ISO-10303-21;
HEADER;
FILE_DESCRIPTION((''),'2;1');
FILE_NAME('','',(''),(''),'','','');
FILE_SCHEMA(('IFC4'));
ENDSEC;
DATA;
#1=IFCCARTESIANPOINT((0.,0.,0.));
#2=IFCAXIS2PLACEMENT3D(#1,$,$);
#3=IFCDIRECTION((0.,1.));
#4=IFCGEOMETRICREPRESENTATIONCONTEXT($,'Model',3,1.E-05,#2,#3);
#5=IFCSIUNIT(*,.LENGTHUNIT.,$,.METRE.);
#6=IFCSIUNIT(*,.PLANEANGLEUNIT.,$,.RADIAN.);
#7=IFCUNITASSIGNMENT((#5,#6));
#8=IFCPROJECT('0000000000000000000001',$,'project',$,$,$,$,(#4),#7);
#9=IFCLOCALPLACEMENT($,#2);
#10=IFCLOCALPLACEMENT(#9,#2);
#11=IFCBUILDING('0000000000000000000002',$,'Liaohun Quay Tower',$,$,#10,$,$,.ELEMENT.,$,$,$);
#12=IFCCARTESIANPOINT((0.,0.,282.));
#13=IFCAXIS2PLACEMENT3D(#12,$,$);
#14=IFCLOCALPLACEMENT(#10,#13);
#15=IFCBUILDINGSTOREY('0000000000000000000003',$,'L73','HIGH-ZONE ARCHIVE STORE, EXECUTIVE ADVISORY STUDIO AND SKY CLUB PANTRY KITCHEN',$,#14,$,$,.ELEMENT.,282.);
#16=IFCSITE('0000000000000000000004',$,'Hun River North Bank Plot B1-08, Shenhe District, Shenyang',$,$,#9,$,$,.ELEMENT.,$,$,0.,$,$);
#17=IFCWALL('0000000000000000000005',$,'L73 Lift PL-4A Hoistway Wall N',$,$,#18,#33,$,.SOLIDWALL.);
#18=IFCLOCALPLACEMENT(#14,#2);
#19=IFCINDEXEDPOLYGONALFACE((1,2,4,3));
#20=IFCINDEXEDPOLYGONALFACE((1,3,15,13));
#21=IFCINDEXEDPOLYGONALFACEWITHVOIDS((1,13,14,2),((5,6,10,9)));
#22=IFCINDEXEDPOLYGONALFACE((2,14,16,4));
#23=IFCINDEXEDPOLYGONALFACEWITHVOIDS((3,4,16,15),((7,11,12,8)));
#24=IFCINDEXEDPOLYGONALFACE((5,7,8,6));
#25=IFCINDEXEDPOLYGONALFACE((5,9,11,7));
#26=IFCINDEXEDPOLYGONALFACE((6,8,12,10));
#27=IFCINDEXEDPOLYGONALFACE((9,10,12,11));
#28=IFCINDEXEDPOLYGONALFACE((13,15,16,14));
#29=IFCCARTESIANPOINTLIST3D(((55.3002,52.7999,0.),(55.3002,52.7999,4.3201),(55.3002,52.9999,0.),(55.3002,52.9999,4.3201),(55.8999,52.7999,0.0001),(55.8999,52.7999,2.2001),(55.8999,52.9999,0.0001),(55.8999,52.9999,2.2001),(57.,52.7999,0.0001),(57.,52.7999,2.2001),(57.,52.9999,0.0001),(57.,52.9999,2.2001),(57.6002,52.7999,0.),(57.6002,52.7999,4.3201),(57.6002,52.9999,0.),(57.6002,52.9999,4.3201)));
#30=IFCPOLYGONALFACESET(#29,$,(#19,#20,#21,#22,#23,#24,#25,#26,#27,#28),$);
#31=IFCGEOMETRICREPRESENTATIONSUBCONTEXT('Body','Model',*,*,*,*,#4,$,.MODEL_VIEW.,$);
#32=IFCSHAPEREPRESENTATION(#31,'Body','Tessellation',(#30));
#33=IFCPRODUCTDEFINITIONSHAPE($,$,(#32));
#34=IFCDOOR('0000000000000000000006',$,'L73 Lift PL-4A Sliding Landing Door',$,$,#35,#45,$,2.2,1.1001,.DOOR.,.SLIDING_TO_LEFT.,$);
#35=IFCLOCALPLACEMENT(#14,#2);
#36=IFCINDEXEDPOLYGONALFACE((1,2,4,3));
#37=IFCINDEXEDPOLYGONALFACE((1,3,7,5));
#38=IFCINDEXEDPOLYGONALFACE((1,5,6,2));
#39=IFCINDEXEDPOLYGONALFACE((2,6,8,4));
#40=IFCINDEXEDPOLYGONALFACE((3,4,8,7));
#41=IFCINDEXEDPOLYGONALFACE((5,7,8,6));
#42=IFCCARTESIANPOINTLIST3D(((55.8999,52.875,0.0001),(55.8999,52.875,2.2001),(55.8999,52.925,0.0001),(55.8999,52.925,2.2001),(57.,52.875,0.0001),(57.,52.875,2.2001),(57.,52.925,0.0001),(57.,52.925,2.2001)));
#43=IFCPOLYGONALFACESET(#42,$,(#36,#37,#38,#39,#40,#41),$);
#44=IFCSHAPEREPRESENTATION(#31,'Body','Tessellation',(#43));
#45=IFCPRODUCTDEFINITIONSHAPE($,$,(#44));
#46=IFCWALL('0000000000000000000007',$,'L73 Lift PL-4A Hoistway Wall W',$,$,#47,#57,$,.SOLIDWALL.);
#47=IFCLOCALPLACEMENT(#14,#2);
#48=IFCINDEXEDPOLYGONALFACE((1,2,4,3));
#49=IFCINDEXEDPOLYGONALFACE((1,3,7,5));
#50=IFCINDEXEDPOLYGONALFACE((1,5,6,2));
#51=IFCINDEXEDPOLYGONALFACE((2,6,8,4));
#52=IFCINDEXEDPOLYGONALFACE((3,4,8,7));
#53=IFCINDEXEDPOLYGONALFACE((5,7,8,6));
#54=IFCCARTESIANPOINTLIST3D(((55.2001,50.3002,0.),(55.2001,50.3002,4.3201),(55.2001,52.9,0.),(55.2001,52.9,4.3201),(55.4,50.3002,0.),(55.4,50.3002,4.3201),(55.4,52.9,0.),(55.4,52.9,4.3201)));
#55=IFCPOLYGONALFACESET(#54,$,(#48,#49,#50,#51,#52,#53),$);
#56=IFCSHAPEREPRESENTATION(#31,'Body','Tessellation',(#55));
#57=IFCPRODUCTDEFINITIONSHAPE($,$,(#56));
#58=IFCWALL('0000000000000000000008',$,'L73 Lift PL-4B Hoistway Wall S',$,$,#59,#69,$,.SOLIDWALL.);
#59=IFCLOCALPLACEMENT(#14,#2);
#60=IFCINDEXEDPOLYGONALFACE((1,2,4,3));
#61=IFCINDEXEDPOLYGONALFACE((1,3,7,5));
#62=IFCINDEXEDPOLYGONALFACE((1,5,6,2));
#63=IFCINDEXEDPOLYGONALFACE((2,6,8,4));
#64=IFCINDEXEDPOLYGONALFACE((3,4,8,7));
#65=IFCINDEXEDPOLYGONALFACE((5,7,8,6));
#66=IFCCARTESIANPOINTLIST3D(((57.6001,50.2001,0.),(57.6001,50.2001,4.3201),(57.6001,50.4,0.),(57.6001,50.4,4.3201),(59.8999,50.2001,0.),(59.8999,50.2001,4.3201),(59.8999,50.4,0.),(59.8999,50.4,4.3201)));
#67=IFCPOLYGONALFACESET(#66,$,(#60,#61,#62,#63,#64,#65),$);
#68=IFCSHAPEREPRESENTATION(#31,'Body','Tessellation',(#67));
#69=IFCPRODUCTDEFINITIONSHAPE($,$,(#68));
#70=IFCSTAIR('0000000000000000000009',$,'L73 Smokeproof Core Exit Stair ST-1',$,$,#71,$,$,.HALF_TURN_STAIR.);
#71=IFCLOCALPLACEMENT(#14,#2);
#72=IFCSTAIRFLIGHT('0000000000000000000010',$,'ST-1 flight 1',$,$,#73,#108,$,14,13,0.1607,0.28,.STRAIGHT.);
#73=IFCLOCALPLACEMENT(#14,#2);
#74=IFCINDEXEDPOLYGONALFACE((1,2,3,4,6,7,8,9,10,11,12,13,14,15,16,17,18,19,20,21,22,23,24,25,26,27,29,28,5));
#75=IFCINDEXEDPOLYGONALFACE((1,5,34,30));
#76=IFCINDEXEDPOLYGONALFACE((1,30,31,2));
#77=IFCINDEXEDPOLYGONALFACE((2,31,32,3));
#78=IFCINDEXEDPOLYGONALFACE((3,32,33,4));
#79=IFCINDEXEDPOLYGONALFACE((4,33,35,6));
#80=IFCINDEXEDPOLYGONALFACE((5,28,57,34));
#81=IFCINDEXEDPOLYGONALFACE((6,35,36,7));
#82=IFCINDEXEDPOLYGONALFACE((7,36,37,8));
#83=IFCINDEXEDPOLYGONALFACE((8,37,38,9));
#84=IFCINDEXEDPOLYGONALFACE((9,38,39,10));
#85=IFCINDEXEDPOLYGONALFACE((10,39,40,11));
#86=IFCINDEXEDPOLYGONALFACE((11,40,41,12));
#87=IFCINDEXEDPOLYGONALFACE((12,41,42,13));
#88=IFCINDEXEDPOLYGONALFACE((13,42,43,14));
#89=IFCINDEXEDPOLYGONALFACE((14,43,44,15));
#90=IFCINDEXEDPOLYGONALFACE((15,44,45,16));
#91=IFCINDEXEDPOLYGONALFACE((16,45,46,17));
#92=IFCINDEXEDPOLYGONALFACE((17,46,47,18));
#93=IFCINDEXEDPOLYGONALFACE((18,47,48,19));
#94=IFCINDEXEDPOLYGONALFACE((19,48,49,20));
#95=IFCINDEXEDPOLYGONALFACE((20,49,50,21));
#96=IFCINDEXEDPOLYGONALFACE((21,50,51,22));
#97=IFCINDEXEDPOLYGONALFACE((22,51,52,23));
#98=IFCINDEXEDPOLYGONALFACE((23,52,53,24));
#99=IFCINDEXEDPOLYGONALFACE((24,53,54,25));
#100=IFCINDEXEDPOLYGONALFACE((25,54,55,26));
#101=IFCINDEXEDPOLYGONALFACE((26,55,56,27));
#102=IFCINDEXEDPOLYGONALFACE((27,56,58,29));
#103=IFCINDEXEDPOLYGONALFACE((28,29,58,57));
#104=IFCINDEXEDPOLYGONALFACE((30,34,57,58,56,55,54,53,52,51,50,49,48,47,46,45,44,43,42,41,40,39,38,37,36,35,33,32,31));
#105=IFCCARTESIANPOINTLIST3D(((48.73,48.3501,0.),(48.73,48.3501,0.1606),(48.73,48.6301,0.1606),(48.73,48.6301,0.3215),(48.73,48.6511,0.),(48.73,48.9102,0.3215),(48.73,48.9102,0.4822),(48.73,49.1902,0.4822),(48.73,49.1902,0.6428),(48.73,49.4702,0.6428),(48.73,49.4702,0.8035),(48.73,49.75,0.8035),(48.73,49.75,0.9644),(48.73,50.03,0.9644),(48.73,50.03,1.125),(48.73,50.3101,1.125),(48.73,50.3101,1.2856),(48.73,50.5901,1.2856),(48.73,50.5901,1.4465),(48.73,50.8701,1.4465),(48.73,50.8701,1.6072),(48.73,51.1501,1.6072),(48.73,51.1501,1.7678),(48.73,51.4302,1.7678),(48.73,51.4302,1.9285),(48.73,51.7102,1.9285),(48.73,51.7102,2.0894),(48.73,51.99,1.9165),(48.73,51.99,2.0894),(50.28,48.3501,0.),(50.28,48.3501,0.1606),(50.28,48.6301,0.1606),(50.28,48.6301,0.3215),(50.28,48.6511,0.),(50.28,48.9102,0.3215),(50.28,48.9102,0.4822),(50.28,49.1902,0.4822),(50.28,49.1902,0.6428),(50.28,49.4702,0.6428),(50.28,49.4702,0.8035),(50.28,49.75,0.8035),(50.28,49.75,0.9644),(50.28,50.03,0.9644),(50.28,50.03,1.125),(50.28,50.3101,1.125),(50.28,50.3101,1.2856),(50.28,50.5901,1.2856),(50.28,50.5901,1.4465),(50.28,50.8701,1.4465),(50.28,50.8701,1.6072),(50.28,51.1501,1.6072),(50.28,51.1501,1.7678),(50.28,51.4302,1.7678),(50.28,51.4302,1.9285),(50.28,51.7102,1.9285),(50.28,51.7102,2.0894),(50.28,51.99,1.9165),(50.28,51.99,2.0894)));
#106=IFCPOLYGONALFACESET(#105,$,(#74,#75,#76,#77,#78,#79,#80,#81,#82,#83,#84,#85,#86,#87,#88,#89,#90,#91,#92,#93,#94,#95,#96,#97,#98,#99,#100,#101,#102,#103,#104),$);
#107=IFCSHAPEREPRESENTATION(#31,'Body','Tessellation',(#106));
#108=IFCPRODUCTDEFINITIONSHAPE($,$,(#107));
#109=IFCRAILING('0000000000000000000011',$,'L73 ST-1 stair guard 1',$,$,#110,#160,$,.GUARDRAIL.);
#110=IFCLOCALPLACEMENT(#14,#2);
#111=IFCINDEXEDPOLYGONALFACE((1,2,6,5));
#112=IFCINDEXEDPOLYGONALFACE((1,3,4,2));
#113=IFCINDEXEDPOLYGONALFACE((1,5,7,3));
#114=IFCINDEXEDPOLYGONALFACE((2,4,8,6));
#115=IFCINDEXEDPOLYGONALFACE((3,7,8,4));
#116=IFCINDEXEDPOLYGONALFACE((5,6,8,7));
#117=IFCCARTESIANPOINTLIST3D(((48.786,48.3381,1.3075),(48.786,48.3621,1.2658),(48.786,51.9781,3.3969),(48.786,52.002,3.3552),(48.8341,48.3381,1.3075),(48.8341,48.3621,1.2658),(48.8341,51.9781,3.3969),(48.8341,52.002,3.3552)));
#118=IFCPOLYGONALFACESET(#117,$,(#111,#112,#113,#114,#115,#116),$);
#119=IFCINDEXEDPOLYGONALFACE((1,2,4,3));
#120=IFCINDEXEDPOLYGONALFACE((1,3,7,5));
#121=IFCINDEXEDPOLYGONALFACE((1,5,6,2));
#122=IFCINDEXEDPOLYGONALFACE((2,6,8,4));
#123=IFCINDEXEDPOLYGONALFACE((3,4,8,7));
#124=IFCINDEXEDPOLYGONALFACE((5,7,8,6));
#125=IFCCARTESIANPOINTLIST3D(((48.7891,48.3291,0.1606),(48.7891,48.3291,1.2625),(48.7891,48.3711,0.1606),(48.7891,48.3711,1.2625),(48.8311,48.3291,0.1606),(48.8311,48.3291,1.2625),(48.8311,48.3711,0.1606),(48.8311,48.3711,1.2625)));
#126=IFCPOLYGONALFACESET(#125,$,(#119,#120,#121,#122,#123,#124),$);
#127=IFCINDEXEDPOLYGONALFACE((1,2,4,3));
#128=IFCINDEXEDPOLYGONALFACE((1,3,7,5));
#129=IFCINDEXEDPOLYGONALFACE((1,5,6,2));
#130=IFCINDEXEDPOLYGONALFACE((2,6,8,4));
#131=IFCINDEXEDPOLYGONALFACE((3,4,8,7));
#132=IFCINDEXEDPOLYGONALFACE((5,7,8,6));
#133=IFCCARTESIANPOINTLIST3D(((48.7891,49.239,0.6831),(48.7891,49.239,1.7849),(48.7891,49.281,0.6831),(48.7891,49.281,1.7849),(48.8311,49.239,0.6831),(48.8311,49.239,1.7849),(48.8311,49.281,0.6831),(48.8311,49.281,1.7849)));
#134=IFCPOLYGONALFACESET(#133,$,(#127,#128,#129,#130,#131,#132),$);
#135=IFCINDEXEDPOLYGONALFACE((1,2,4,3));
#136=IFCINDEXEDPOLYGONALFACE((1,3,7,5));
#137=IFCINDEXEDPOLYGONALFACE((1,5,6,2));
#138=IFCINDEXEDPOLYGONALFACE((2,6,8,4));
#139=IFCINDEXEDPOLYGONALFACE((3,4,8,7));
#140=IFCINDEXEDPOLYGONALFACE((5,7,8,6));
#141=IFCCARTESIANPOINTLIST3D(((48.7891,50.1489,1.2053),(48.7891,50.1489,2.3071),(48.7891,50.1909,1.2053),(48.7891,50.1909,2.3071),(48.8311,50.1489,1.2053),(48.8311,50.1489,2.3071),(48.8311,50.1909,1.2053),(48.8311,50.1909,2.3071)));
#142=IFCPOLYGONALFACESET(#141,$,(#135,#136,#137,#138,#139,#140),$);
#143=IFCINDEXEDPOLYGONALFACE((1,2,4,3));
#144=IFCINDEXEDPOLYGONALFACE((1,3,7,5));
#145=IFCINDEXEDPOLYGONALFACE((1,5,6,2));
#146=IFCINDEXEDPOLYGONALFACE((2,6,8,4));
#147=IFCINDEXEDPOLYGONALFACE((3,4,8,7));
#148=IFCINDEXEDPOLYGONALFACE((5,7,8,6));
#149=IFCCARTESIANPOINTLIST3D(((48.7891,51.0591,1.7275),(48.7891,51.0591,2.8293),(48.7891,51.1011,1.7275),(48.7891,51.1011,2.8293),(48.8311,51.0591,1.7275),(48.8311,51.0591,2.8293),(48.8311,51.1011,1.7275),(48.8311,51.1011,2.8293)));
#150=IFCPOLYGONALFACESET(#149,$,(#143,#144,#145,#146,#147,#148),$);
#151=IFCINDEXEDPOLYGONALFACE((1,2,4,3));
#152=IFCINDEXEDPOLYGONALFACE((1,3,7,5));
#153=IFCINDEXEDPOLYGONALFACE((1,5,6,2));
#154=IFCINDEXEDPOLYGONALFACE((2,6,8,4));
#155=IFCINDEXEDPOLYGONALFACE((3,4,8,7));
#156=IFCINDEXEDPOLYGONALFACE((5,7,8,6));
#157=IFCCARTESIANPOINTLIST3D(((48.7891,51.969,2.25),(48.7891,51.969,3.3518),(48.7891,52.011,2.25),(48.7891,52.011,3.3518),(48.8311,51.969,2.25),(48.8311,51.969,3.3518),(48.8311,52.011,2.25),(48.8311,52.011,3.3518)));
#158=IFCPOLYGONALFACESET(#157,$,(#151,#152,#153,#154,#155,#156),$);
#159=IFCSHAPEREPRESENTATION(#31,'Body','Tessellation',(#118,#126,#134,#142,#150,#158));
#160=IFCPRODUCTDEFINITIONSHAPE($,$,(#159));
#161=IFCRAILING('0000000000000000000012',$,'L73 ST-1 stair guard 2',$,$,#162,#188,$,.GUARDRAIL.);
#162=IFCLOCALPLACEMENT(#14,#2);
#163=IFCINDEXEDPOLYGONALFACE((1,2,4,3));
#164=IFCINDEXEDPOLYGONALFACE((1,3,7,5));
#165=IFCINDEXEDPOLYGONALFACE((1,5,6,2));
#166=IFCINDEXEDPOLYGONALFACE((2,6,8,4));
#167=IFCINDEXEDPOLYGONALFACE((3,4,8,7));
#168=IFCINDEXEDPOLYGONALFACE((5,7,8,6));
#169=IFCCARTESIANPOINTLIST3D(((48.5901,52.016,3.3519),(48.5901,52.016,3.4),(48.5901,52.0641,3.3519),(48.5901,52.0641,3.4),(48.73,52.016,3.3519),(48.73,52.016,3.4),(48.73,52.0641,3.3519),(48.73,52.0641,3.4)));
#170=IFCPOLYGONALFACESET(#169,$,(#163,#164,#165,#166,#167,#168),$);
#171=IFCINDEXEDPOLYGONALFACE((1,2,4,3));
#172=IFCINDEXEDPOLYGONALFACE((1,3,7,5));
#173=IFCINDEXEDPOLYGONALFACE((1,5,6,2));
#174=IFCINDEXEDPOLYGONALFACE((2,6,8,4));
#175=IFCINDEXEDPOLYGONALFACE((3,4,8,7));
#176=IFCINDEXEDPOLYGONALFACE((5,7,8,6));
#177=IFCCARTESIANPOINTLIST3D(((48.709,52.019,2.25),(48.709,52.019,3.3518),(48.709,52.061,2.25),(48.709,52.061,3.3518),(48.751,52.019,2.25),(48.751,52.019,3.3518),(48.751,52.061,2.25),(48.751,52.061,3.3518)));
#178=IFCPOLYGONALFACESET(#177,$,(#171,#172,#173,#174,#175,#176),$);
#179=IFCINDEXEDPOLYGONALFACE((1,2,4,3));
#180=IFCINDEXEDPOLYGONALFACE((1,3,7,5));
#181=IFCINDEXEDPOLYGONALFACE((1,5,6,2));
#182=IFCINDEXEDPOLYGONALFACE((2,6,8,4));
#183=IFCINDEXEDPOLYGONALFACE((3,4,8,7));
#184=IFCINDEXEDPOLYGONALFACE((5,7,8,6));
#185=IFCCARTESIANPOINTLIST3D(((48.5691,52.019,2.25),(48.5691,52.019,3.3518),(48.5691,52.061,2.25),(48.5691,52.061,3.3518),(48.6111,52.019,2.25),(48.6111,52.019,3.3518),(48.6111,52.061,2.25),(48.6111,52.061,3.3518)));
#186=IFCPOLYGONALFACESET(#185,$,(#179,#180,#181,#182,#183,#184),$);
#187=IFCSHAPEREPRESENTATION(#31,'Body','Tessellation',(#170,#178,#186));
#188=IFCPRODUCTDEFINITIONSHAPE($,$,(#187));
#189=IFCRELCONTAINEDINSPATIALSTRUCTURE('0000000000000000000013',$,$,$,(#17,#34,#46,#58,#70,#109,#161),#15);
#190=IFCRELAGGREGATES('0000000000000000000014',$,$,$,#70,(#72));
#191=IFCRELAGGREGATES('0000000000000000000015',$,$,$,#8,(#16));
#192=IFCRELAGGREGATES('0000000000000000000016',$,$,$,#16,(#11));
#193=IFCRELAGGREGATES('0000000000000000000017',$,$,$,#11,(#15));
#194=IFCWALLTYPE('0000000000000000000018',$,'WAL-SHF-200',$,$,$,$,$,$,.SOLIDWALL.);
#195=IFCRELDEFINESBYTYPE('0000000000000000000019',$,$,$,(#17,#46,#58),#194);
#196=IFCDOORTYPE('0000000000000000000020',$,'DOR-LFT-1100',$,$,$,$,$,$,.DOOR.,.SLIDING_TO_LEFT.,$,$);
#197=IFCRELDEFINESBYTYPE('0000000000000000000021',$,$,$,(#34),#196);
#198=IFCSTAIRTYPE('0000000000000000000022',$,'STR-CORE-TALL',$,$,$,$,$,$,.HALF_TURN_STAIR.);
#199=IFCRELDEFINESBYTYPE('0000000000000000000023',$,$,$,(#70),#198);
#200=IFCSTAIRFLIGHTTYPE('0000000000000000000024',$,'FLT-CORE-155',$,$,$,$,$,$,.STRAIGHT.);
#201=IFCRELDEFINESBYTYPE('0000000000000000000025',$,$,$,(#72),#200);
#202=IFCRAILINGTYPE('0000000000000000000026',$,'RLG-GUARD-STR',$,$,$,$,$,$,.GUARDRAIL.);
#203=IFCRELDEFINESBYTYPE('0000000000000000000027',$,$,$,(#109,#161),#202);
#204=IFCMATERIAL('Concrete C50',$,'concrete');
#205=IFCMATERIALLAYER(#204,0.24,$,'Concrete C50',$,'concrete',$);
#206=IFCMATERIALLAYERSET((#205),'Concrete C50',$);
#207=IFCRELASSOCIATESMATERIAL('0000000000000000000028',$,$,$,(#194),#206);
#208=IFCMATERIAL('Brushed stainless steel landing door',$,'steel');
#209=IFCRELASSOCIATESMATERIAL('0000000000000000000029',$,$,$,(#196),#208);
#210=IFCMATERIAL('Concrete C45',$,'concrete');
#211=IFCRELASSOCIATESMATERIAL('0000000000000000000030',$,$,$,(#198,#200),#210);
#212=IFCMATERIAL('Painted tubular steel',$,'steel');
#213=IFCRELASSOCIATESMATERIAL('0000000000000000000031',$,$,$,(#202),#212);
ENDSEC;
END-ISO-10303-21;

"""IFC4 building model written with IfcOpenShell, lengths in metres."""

from ifc_helpers import new_model, si_unit, direction, frame, frame_2d, origin, origin_2d, place, context, subcontext, project, spatial, polyline, rectangle, outline, extrude, source, transform, mapped, material, layer, layer_set, type_object, element, fill, aggregate, save


model = new_model("IFC4")

# Units and contexts
model_context = context("Model", 3, precision=1e-05, world=origin(), true_north=direction((0.0, 1.0)))
body_context = subcontext(model_context, "Body", "Model", "MODEL_VIEW")
ifc_project = project(units=[si_unit("LENGTHUNIT", "METRE"), si_unit("PLANEANGLEUNIT", "RADIAN")], contexts=[model_context])

# Site, building, storey
site_placement = place(None, origin())
site = spatial("IfcSite", under=ifc_project, at=site_placement, Name="Hun River North Bank Plot B1-08, Shenhe District, Shenyang", CompositionType="ELEMENT", RefElevation=0.0)
building_placement = place(site_placement, origin())
building = spatial("IfcBuilding", under=site, at=building_placement, Name="Liaohun Quay Tower", CompositionType="ELEMENT")
storey_placement = place(building_placement, frame((0.0, 0.0, 282.0)))
storey = spatial("IfcBuildingStorey", under=building, at=storey_placement, Name="L73", Description="HIGH-ZONE ARCHIVE STORE, EXECUTIVE ADVISORY STUDIO AND SKY CLUB PANTRY KITCHEN", CompositionType="ELEMENT", Elevation=282.0)

# Shared definitions
ifc_material_1 = material(Name="Concrete C50", Category="concrete")
ifc_layer_1 = layer(ifc_material_1, 0.24, Name="Concrete C50", Category="concrete")
ifc_layer_set_1 = layer_set([ifc_layer_1], Name="Concrete C50")
wall_type_1 = type_object("IfcWallType", Name="WAL-SHF-200", PredefinedType="SOLIDWALL", material=ifc_layer_set_1)

# Shared definitions
shared_shape_1 = source(origin(), body_context, "Body", "SweptSolid", [
    extrude(rectangle(XDim=1.1001, YDim=2.2, at=frame_2d((0.55, 1.1001))), frame((0.0, 0.1099, 0.0), z_axis=(0.0, -1.0, 0.0), x_axis=(1.0, 0.0, 0.0)), (0.0, 0.0, 1.0), 0.22),
])
ifc_material_2 = material(Name="Brushed stainless steel landing door", Category="steel")
door_type_1 = type_object("IfcDoorType", Name="DOR-LFT-1100", OperationType="SLIDING_TO_LEFT", PredefinedType="DOOR", material=ifc_material_2)
shared_shape_2 = source(origin(), body_context, "Body", "SweptSolid", [
    extrude(rectangle(XDim=1.1001, YDim=2.2, at=frame_2d((0.55, 1.1001))), frame((0.0, 0.0249, 0.0), z_axis=(0.0, -1.0, 0.0), x_axis=(1.0, 0.0, 0.0)), (0.0, 0.0, 1.0), 0.05),
])

# Wall, opening, door
wall_1_placement = place(storey_placement, frame((57.6001, 52.8999, 0.0), z_axis=(0.0, 0.0, 1.0), x_axis=(-1.0, 0.0, 0.0)))
wall_1 = element("IfcWall", 1, at=wall_1_placement, inside=storey, type_object=wall_type_1, Name="L73 Lift PL-4A Hoistway Wall N", PredefinedType="SOLIDWALL", context=body_context, shape_type="SweptSolid", body=[
    extrude(rectangle(XDim=2.3, YDim=0.2, at=frame_2d((1.1499, 0.0))), origin(), (0.0, 0.0, 1.0), 4.3201),
])
opening_1_placement = place(wall_1_placement, frame((0.6001, 0.0, 0.0)))
opening_1 = element("IfcOpeningElement", 2, at=opening_1_placement, cuts=wall_1, PredefinedType="OPENING", context=body_context, shape_type="MappedRepresentation", body=[
    mapped(shared_shape_1, transform((0.0, 0.0, 0.0), x_axis=(1.0, 0.0, 0.0), y_axis=(0.0, 1.0, 0.0), z_axis=(0.0, 0.0, 1.0), scale=1.0)),
])
door_1_placement = place(opening_1_placement, origin())
door_1 = element("IfcDoor", 3, at=door_1_placement, inside=storey, type_object=door_type_1, Name="L73 Lift PL-4A Sliding Landing Door", OperationType="SLIDING_TO_LEFT", OverallHeight=2.2, OverallWidth=1.1001, PredefinedType="DOOR", context=body_context, shape_type="MappedRepresentation", body=[
    mapped(shared_shape_2, transform((0.0, 0.0, 0.0), x_axis=(1.0, 0.0, 0.0), y_axis=(0.0, 1.0, 0.0), z_axis=(0.0, 0.0, 1.0), scale=1.0)),
])
fill(opening_1, door_1)

# Walls
wall_2_placement = place(storey_placement, frame((55.3, 52.8999, 0.0), z_axis=(0.0, 0.0, 1.0), x_axis=(0.0, -1.0, 0.0)))
element("IfcWall", 4, at=wall_2_placement, inside=storey, type_object=wall_type_1, Name="L73 Lift PL-4A Hoistway Wall W", PredefinedType="SOLIDWALL", context=body_context, shape_type="SweptSolid", body=[
    extrude(rectangle(XDim=2.5999, YDim=0.2, at=frame_2d((1.2998, 0.0))), origin(), (0.0, 0.0, 1.0), 4.3201),
])
wall_3_placement = place(storey_placement, frame((57.6001, 50.3, 0.0), z_axis=(0.0, 0.0, 1.0), x_axis=(1.0, 0.0, 0.0)))
element("IfcWall", 5, at=wall_3_placement, inside=storey, type_object=wall_type_1, Name="L73 Lift PL-4B Hoistway Wall S", PredefinedType="SOLIDWALL", context=body_context, shape_type="SweptSolid", body=[
    extrude(rectangle(XDim=2.2998, YDim=0.2, at=frame_2d((1.1499, 0.0))), origin(), (0.0, 0.0, 1.0), 4.3201),
])

# Stair, stair flight
ifc_material_3 = material(Name="Concrete C45", Category="concrete")
stair_type = type_object("IfcStairType", Name="STR-CORE-TALL", PredefinedType="HALF_TURN_STAIR", material=ifc_material_3)
stair_placement = place(storey_placement, origin())
stair = element("IfcStair", 6, at=stair_placement, inside=storey, type_object=stair_type, Name="L73 Smokeproof Core Exit Stair ST-1", PredefinedType="HALF_TURN_STAIR")
stair_flight_type = type_object("IfcStairFlightType", Name="FLT-CORE-155", PredefinedType="STRAIGHT", material=ifc_material_3)
stair_flight_placement = place(storey_placement, frame((49.5049, 48.3501, 0.0), z_axis=(0.0, 0.0, 1.0), x_axis=(0.0, 1.0, 0.0)))
stair_flight = element("IfcStairFlight", 7, at=stair_flight_placement, type_object=stair_flight_type, Name="ST-1 flight 1", NumberOfRisers=14, NumberOfTreads=13, PredefinedType="STRAIGHT", RiserHeight=0.1607, TreadLength=0.28, context=body_context, shape_type="SweptSolid", body=[
    extrude(outline(polyline([(0.0, 0.0), (0.0, 0.1606), (0.28, 0.1606), (0.28, 0.3215), (0.5601, 0.3215), (0.5601, 0.4822), (0.8401, 0.4822), (0.8401, 0.6428), (1.1201, 0.6428), (1.1201, 0.8035), (1.3999, 0.8035), (1.3999, 0.9644), (1.6799, 0.9644), (1.6799, 1.125), (1.96, 1.125), (1.96, 1.2856), (2.24, 1.2856), (2.24, 1.4465), (2.52, 1.4465), (2.52, 1.6072), (2.8, 1.6072), (2.8, 1.7678), (3.0801, 1.7678), (3.0801, 1.9285), (3.3601, 1.9285), (3.3601, 2.0894), (3.6399, 2.0894), (3.6399, 2.25), (3.6399, 1.9165), (0.301, 0.0), (0.0, 0.0)])), frame((0.0, 0.7749, 0.0), z_axis=(0.0, -1.0, 0.0), x_axis=(1.0, 0.0, 0.0)), (0.0, 0.0, 1.0), 1.55),
])
aggregate(stair, [stair_flight])

# Railings
ifc_material_4 = material(Name="Painted tubular steel", Category="steel")
railing_type_1 = type_object("IfcRailingType", Name="RLG-GUARD-STR", PredefinedType="GUARDRAIL", material=ifc_material_4)
railing_1_placement = place(storey_placement, frame((48.8101, 48.3501, 0.1606)))
element("IfcRailing", 8, at=railing_1_placement, inside=storey, type_object=railing_type_1, Name="L73 ST-1 stair guard 1", PredefinedType="GUARDRAIL", context=body_context, shape_type="SweptSolid", body=[
    extrude(rectangle(XDim=0.0481, YDim=0.0481, at=origin_2d()), frame((0.0, 0.0, 1.126), z_axis=(0.0, 0.867275, 0.497829), x_axis=(-1.0, 0.0, 0.0)), (0.0, 0.0, 1.0), 4.197),
    extrude(rectangle(XDim=0.042, YDim=0.042, at=origin_2d()), origin(), (0.0, 0.0, 1.0), 1.1018),
    extrude(rectangle(XDim=0.042, YDim=0.042, at=origin_2d()), frame((0.0, 0.9099, 0.5225)), (0.0, 0.0, 1.0), 1.1018),
    extrude(rectangle(XDim=0.042, YDim=0.042, at=origin_2d()), frame((0.0, 1.8198, 1.0447)), (0.0, 0.0, 1.0), 1.1018),
    extrude(rectangle(XDim=0.042, YDim=0.042, at=origin_2d()), frame((0.0, 2.73, 1.5669)), (0.0, 0.0, 1.0), 1.1018),
    extrude(rectangle(XDim=0.042, YDim=0.042, at=origin_2d()), frame((0.0, 3.6399, 2.0894)), (0.0, 0.0, 1.0), 1.1018),
])
for number, where, name in (
    (9, (48.73, 52.04, 2.25), "L73 ST-1 stair guard 2"),
):
    element("IfcRailing", number, at=place(storey_placement, frame(where)), inside=storey, type_object=railing_type_1, Name=name, PredefinedType="GUARDRAIL", context=body_context, shape_type="SweptSolid", body=[
        extrude(rectangle(XDim=0.0481, YDim=0.0481, at=origin_2d()), frame((0.0, 0.0, 1.126), z_axis=(-1.0, 0.0, 0.0), x_axis=(0.0, -1.0, 0.0)), (0.0, 0.0, 1.0), 0.1399),
        extrude(rectangle(XDim=0.042, YDim=0.042, at=origin_2d()), origin(), (0.0, 0.0, 1.0), 1.1018),
        extrude(rectangle(XDim=0.042, YDim=0.042, at=origin_2d()), frame((-0.1399, 0.0, 0.0)), (0.0, 0.0, 1.0), 1.1018),
    ])

save(model, "model.ifc")
